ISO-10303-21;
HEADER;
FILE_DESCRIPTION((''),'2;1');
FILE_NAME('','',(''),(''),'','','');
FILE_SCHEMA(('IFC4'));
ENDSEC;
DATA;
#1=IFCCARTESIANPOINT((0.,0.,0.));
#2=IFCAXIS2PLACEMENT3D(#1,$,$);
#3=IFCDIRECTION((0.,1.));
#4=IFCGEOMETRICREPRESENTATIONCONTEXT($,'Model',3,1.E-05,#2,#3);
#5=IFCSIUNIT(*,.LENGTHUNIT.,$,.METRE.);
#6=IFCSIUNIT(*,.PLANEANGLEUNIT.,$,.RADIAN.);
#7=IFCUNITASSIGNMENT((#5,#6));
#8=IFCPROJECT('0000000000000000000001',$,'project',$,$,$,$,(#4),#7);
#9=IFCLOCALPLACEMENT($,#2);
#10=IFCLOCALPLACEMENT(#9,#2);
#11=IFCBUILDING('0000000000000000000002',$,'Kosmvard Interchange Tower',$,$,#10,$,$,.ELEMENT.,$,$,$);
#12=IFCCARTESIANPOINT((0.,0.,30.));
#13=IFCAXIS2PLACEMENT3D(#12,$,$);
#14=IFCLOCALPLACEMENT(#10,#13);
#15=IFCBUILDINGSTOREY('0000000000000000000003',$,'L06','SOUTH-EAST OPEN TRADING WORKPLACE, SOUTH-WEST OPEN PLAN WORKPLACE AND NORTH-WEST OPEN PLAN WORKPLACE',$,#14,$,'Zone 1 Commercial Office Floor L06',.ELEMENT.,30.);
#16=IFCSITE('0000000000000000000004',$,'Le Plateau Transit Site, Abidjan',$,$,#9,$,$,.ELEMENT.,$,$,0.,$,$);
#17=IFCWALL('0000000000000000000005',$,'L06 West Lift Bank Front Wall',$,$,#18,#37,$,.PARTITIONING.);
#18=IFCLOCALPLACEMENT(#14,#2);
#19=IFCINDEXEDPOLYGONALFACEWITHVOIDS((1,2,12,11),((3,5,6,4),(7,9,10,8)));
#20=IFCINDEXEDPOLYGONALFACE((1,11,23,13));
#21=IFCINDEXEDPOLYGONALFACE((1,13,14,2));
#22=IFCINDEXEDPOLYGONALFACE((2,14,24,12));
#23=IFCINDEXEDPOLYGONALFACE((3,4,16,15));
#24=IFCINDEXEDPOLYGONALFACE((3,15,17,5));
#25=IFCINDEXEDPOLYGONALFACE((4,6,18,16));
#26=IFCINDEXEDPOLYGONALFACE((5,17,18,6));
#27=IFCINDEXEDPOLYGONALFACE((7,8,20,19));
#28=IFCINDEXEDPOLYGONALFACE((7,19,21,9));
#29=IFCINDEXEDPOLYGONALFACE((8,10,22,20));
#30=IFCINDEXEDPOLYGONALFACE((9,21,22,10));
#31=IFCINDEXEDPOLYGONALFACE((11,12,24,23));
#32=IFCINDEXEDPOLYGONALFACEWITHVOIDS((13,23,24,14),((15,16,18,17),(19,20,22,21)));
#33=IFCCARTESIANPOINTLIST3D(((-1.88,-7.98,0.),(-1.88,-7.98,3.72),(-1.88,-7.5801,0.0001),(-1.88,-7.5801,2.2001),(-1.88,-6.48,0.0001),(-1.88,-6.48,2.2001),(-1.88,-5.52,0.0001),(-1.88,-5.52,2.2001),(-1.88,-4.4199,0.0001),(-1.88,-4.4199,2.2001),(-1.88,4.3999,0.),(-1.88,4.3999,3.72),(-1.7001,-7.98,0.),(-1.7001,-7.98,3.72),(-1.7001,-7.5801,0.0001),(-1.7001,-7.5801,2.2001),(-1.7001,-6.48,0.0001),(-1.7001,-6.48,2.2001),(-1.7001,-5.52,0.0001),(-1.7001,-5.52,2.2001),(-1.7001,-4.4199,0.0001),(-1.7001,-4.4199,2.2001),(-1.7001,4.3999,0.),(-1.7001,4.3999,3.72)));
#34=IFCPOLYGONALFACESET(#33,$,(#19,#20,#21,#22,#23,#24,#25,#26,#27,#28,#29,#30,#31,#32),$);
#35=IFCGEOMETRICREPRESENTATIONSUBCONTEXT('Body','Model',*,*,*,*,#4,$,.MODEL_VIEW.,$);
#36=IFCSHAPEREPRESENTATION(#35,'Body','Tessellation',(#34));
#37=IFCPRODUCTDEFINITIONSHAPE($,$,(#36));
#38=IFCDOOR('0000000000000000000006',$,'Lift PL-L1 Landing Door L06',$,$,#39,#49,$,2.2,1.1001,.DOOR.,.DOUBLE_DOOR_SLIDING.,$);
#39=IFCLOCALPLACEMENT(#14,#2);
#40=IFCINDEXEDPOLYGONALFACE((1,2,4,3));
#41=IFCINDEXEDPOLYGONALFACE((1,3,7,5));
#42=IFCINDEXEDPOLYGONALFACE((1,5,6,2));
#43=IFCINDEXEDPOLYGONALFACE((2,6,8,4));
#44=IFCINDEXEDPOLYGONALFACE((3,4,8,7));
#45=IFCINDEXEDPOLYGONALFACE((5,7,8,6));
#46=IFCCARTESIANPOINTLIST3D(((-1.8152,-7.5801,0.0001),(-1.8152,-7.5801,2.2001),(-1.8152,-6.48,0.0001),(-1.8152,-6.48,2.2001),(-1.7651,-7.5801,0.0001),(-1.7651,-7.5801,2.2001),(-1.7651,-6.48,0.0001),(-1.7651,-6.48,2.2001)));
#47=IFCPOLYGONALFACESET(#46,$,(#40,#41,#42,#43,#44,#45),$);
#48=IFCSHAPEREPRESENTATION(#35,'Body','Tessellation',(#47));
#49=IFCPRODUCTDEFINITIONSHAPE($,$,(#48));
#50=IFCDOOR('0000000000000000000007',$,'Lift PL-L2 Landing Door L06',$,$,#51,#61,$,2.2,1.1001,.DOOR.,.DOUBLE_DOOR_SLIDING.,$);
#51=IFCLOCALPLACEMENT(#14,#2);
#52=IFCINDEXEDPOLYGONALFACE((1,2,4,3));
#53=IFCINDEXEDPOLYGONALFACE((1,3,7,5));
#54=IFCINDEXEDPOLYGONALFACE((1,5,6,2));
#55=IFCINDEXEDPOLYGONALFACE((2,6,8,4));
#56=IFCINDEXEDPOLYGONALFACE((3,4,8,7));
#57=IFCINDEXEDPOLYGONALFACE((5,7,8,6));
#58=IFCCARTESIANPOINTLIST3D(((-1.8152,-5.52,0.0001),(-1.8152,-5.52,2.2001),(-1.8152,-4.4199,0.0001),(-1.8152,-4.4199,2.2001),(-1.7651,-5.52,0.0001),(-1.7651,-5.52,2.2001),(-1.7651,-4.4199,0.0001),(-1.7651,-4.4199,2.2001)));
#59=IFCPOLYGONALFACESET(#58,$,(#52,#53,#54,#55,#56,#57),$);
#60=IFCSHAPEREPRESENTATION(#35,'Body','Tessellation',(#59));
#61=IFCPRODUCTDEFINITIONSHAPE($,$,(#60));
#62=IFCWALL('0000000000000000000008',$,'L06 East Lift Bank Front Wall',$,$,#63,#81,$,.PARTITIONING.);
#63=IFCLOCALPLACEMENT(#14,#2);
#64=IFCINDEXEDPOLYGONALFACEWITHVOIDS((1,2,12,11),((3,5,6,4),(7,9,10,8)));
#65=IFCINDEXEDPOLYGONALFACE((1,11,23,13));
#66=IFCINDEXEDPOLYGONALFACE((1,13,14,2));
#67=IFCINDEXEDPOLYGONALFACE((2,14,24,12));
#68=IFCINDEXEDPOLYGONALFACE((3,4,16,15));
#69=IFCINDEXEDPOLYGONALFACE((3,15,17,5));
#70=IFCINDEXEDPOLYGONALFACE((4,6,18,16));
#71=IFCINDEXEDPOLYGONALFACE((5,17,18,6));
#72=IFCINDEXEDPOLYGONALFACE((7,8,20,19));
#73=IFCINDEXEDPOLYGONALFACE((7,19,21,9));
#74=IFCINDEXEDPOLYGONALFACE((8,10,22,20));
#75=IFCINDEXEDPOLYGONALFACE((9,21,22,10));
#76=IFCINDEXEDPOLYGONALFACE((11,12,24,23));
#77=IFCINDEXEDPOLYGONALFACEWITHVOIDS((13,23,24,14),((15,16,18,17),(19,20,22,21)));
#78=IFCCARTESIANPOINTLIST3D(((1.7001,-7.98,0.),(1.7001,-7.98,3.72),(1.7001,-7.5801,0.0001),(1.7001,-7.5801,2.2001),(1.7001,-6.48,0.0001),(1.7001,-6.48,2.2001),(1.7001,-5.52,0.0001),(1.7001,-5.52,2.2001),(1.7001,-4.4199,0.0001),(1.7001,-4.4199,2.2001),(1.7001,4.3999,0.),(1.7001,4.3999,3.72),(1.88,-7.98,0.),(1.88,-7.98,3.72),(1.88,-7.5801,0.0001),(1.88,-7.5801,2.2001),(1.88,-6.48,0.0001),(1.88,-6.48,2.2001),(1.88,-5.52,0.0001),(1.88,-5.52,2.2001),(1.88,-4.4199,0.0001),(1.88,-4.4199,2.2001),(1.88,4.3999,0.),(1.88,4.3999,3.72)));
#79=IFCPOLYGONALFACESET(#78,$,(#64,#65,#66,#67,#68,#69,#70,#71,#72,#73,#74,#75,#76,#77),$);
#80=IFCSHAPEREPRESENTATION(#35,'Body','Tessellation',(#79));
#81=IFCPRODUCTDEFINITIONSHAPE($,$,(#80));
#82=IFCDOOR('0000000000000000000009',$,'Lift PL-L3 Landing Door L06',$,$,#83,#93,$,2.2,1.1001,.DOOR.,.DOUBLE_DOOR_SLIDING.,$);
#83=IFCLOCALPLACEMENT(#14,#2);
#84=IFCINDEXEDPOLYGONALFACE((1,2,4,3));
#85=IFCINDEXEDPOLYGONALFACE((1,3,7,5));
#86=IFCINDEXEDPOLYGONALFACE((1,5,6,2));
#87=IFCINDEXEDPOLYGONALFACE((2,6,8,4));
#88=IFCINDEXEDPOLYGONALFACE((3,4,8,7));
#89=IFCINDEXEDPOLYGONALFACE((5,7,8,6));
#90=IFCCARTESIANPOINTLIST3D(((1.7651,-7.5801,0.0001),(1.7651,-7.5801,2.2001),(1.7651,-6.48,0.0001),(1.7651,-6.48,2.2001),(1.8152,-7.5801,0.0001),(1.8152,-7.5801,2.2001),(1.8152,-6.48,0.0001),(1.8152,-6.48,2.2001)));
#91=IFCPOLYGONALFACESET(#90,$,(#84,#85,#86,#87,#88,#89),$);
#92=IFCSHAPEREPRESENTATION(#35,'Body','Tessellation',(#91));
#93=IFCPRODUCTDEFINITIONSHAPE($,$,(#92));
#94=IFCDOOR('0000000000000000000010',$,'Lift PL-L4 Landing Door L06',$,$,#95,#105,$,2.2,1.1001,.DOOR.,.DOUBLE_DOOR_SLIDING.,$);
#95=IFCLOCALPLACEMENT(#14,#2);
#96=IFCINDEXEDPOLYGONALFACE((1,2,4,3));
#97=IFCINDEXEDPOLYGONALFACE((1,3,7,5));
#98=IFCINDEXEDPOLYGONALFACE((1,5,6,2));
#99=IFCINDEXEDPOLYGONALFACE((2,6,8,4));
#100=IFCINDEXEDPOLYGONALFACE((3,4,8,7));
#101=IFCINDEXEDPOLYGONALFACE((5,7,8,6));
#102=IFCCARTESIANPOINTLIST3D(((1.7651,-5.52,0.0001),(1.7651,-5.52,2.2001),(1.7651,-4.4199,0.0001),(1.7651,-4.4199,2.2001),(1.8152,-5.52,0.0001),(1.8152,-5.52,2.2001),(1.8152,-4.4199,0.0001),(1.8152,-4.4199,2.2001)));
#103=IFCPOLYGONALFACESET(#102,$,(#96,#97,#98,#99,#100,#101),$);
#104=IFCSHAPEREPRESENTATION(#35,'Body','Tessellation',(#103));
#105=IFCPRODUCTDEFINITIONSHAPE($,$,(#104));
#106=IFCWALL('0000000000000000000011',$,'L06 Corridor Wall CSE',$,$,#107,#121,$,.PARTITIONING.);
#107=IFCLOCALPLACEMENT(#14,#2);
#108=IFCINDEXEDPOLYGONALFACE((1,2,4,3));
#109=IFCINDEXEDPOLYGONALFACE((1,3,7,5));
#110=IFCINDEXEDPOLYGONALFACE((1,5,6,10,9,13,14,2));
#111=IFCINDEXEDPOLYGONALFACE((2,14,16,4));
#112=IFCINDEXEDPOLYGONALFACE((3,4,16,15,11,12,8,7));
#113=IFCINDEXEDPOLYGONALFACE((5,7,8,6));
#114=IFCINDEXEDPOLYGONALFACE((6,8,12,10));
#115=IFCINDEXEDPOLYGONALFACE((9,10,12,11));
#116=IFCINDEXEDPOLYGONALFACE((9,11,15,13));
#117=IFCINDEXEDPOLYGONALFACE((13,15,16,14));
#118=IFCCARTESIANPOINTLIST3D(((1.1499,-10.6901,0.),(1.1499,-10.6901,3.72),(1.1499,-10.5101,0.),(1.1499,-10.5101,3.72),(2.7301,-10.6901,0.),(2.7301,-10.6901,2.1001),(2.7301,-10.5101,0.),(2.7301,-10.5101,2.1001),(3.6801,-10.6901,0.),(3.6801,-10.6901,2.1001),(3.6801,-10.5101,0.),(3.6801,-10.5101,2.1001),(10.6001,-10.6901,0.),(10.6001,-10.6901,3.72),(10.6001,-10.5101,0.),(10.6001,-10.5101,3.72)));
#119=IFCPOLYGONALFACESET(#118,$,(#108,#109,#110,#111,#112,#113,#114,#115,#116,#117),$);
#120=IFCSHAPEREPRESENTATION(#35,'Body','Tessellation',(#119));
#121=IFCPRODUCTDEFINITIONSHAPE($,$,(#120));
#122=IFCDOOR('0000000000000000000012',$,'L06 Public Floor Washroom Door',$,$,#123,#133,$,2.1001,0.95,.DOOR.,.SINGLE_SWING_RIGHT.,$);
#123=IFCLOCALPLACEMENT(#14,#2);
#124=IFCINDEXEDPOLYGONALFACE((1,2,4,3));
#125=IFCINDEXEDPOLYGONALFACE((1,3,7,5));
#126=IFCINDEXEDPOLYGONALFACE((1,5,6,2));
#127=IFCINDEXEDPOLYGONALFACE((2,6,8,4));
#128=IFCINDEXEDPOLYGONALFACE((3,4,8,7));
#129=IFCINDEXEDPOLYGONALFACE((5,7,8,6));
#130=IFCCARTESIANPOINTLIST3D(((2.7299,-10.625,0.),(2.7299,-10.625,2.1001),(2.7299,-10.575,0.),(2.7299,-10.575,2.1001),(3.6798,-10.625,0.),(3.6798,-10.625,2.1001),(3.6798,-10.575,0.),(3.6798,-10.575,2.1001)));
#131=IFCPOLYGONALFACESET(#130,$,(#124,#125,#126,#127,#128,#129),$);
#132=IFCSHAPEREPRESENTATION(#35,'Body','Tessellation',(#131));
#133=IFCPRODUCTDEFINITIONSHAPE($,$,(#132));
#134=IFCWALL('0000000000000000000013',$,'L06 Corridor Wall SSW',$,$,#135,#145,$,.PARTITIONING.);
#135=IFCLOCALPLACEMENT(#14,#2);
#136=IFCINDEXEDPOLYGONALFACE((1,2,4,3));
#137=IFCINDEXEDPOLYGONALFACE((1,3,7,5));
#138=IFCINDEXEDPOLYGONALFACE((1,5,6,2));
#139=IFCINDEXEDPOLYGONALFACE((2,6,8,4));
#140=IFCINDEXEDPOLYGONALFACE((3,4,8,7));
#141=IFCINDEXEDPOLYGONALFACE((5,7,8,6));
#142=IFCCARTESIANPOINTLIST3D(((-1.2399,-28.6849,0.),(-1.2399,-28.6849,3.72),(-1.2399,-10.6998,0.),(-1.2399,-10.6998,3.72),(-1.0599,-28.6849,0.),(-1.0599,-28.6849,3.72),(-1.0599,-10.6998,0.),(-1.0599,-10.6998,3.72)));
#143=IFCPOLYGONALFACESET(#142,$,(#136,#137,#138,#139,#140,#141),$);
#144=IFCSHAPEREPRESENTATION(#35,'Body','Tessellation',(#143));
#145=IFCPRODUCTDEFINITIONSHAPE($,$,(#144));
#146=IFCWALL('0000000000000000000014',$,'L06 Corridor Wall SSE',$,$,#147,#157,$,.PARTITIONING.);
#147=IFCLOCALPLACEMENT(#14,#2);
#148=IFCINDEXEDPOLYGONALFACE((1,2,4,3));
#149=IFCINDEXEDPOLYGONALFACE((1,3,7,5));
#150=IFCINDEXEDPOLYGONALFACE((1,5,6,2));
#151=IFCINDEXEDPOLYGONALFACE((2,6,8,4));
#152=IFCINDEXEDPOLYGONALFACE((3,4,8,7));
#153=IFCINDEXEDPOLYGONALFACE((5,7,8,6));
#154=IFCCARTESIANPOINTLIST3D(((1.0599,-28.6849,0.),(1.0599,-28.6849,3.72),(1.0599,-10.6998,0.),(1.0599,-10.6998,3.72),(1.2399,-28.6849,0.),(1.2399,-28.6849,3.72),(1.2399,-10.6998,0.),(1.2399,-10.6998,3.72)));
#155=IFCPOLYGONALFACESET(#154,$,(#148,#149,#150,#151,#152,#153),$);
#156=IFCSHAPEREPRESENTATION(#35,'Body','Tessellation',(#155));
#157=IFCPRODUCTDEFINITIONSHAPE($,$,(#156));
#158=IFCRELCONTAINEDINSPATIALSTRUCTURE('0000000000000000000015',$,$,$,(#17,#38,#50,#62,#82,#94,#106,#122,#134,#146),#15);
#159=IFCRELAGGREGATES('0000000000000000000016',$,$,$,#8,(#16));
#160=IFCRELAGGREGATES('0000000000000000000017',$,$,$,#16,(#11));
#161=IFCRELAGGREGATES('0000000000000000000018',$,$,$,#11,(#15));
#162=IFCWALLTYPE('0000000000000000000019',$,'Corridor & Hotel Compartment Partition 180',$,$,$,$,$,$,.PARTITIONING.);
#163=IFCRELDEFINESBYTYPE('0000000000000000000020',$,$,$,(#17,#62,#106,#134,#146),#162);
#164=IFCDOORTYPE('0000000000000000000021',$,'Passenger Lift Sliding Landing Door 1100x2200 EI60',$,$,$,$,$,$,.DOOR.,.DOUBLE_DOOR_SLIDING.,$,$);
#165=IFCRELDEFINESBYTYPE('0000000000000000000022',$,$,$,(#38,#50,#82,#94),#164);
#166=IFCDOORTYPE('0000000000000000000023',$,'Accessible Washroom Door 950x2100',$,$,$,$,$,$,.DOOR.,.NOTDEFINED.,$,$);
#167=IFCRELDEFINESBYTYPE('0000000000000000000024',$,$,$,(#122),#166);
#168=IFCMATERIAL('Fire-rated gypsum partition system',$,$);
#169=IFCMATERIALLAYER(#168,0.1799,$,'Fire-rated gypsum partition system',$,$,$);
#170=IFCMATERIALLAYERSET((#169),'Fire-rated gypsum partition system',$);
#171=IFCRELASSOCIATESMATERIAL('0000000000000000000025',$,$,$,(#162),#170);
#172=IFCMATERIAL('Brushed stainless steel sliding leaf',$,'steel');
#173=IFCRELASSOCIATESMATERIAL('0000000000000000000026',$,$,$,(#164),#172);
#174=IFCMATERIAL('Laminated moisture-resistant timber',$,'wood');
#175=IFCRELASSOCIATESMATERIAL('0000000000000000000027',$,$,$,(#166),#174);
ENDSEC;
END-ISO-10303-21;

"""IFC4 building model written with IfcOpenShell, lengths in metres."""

from ifc_helpers import new_model, si_unit, direction, frame, frame_2d, origin, place, context, subcontext, project, spatial, rectangle, extrude, source, transform, mapped, material, layer, layer_set, type_object, element, fill, save


model = new_model("IFC4")

# Units and contexts
model_context = context("Model", 3, precision=1e-05, world=origin(), true_north=direction((0.0, 1.0)))
body_context = subcontext(model_context, "Body", "Model", "MODEL_VIEW")
ifc_project = project(units=[si_unit("LENGTHUNIT", "METRE"), si_unit("PLANEANGLEUNIT", "RADIAN")], contexts=[model_context])

# Site, building, storey
site_placement = place(None, origin())
site = spatial("IfcSite", under=ifc_project, at=site_placement, Name="Le Plateau Transit Site, Abidjan", CompositionType="ELEMENT", RefElevation=0.0)
building_placement = place(site_placement, origin())
building = spatial("IfcBuilding", under=site, at=building_placement, Name="Kosmvard Interchange Tower", CompositionType="ELEMENT")
storey_placement = place(building_placement, frame((0.0, 0.0, 30.0)))
storey = spatial("IfcBuildingStorey", under=building, at=storey_placement, Name="L06", Description="SOUTH-EAST OPEN TRADING WORKPLACE, SOUTH-WEST OPEN PLAN WORKPLACE AND NORTH-WEST OPEN PLAN WORKPLACE", LongName="Zone 1 Commercial Office Floor L06", CompositionType="ELEMENT", Elevation=30.0)

# Walls, openings, doors
ifc_material_1 = material(Name="Fire-rated gypsum partition system")
ifc_layer_1 = layer(ifc_material_1, 0.1799, Name="Fire-rated gypsum partition system")
ifc_layer_set_1 = layer_set([ifc_layer_1], Name="Fire-rated gypsum partition system")
wall_type_1 = type_object("IfcWallType", Name="Corridor & Hotel Compartment Partition 180", PredefinedType="PARTITIONING", material=ifc_layer_set_1)
wall_1_placement = place(storey_placement, frame((-1.79, -7.98, 0.0), z_axis=(0.0, 0.0, 1.0), x_axis=(0.0, 1.0, 0.0)))
wall_1 = element("IfcWall", 1, at=wall_1_placement, inside=storey, type_object=wall_type_1, Name="L06 West Lift Bank Front Wall", PredefinedType="PARTITIONING", context=body_context, shape_type="SweptSolid", body=[
    extrude(rectangle(XDim=12.3799, YDim=0.1799, at=frame_2d((6.1899, 0.0))), origin(), (0.0, 0.0, 1.0), 3.72),
])
opening_1_placement = place(wall_1_placement, frame((0.3999, 0.0, 0.0)))
opening_1 = element("IfcOpeningElement", 2, at=opening_1_placement, cuts=wall_1, PredefinedType="OPENING", context=body_context, shape_type="SweptSolid", body=[
    extrude(rectangle(XDim=1.1001, YDim=2.2, at=frame_2d((0.55, 1.1001))), frame((0.0, 0.1001, 0.0), z_axis=(0.0, -1.0, 0.0), x_axis=(1.0, 0.0, 0.0)), (0.0, 0.0, 1.0), 0.2),
])
opening_2_placement = place(wall_1_placement, frame((2.46, 0.0, 0.0)))
opening_2 = element("IfcOpeningElement", 3, at=opening_2_placement, cuts=wall_1, PredefinedType="OPENING", context=body_context, shape_type="SweptSolid", body=[
    extrude(rectangle(XDim=1.1001, YDim=2.2, at=frame_2d((0.55, 1.1001))), frame((0.0, 0.1001, 0.0), z_axis=(0.0, -1.0, 0.0), x_axis=(1.0, 0.0, 0.0)), (0.0, 0.0, 1.0), 0.2),
])
ifc_material_2 = material(Name="Brushed stainless steel sliding leaf", Category="steel")
door_type_1 = type_object("IfcDoorType", Name="Passenger Lift Sliding Landing Door 1100x2200 EI60", OperationType="DOUBLE_DOOR_SLIDING", PredefinedType="DOOR", material=ifc_material_2)
shared_shape_1 = source(origin(), body_context, "Body", "SweptSolid", [
    extrude(rectangle(XDim=1.1001, YDim=2.2, at=frame_2d((0.55, 1.1001))), frame((0.0, 0.0249, 0.0), z_axis=(0.0, -1.0, 0.0), x_axis=(1.0, 0.0, 0.0)), (0.0, 0.0, 1.0), 0.05),
])
door_1_placement = place(opening_1_placement, frame((1.1001, 0.0, 0.0), z_axis=(0.0, 0.0, 1.0), x_axis=(-1.0, 0.0, 0.0)))
door_1 = element("IfcDoor", 4, at=door_1_placement, inside=storey, type_object=door_type_1, Name="Lift PL-L1 Landing Door L06", OperationType="DOUBLE_DOOR_SLIDING", OverallHeight=2.2, OverallWidth=1.1001, PredefinedType="DOOR", context=body_context, shape_type="MappedRepresentation", body=[
    mapped(shared_shape_1, transform((0.0, 0.0, 0.0), scale=1.0)),
])
fill(opening_1, door_1)
door_2_placement = place(opening_2_placement, frame((1.1001, 0.0, 0.0), z_axis=(0.0, 0.0, 1.0), x_axis=(-1.0, 0.0, 0.0)))
door_2 = element("IfcDoor", 5, at=door_2_placement, inside=storey, type_object=door_type_1, Name="Lift PL-L2 Landing Door L06", OperationType="DOUBLE_DOOR_SLIDING", OverallHeight=2.2, OverallWidth=1.1001, PredefinedType="DOOR", context=body_context, shape_type="MappedRepresentation", body=[
    mapped(shared_shape_1, transform((0.0, 0.0, 0.0), scale=1.0)),
])
fill(opening_2, door_2)
wall_2_placement = place(storey_placement, frame((1.79, -7.98, 0.0), z_axis=(0.0, 0.0, 1.0), x_axis=(0.0, 1.0, 0.0)))
wall_2 = element("IfcWall", 6, at=wall_2_placement, inside=storey, type_object=wall_type_1, Name="L06 East Lift Bank Front Wall", PredefinedType="PARTITIONING", context=body_context, shape_type="SweptSolid", body=[
    extrude(rectangle(XDim=12.3799, YDim=0.1799, at=frame_2d((6.1899, 0.0))), origin(), (0.0, 0.0, 1.0), 3.72),
])
opening_3_placement = place(wall_2_placement, frame((0.3999, 0.0, 0.0)))
opening_3 = element("IfcOpeningElement", 7, at=opening_3_placement, cuts=wall_2, PredefinedType="OPENING", context=body_context, shape_type="SweptSolid", body=[
    extrude(rectangle(XDim=1.1001, YDim=2.2, at=frame_2d((0.55, 1.1001))), frame((0.0, 0.1001, 0.0), z_axis=(0.0, -1.0, 0.0), x_axis=(1.0, 0.0, 0.0)), (0.0, 0.0, 1.0), 0.2),
])
opening_4_placement = place(wall_2_placement, frame((2.46, 0.0, 0.0)))
opening_4 = element("IfcOpeningElement", 8, at=opening_4_placement, cuts=wall_2, PredefinedType="OPENING", context=body_context, shape_type="SweptSolid", body=[
    extrude(rectangle(XDim=1.1001, YDim=2.2, at=frame_2d((0.55, 1.1001))), frame((0.0, 0.1001, 0.0), z_axis=(0.0, -1.0, 0.0), x_axis=(1.0, 0.0, 0.0)), (0.0, 0.0, 1.0), 0.2),
])
door_3_placement = place(opening_3_placement, origin())
door_3 = element("IfcDoor", 9, at=door_3_placement, inside=storey, type_object=door_type_1, Name="Lift PL-L3 Landing Door L06", OperationType="DOUBLE_DOOR_SLIDING", OverallHeight=2.2, OverallWidth=1.1001, PredefinedType="DOOR", context=body_context, shape_type="MappedRepresentation", body=[
    mapped(shared_shape_1, transform((0.0, 0.0, 0.0), scale=1.0)),
])
fill(opening_3, door_3)
door_4_placement = place(opening_4_placement, origin())
door_4 = element("IfcDoor", 10, at=door_4_placement, inside=storey, type_object=door_type_1, Name="Lift PL-L4 Landing Door L06", OperationType="DOUBLE_DOOR_SLIDING", OverallHeight=2.2, OverallWidth=1.1001, PredefinedType="DOOR", context=body_context, shape_type="MappedRepresentation", body=[
    mapped(shared_shape_1, transform((0.0, 0.0, 0.0), scale=1.0)),
])
fill(opening_4, door_4)

# Wall, opening, door
wall_3_placement = place(storey_placement, frame((1.1499, -10.6001, 0.0), z_axis=(0.0, 0.0, 1.0), x_axis=(1.0, 0.0, 0.0)))
wall_3 = element("IfcWall", 11, at=wall_3_placement, inside=storey, type_object=wall_type_1, Name="L06 Corridor Wall CSE", PredefinedType="PARTITIONING", context=body_context, shape_type="SweptSolid", body=[
    extrude(rectangle(XDim=9.4502, YDim=0.1799, at=frame_2d((4.7251, 0.0))), origin(), (0.0, 0.0, 1.0), 3.72),
])
opening_5_placement = place(wall_3_placement, frame((1.5801, 0.0, 0.0)))
opening_5 = element("IfcOpeningElement", 12, at=opening_5_placement, cuts=wall_3, PredefinedType="OPENING", context=body_context, shape_type="SweptSolid", body=[
    extrude(rectangle(XDim=0.95, YDim=2.1001, at=frame_2d((0.4751, 1.05))), frame((0.0, 0.1001, 0.0), z_axis=(0.0, -1.0, 0.0), x_axis=(1.0, 0.0, 0.0)), (0.0, 0.0, 1.0), 0.2),
])
ifc_material_3 = material(Name="Laminated moisture-resistant timber", Category="wood")
door_type_2 = type_object("IfcDoorType", Name="Accessible Washroom Door 950x2100", OperationType="NOTDEFINED", PredefinedType="DOOR", material=ifc_material_3)
shared_shape_2 = source(origin(), body_context, "Body", "SweptSolid", [
    extrude(rectangle(XDim=0.95, YDim=2.1001, at=frame_2d((0.4751, 1.05))), frame((0.0, 0.0249, 0.0), z_axis=(0.0, -1.0, 0.0), x_axis=(1.0, 0.0, 0.0)), (0.0, 0.0, 1.0), 0.05),
])
door_5_placement = place(opening_5_placement, frame((0.95, 0.0, 0.0), z_axis=(0.0, 0.0, 1.0), x_axis=(-1.0, 0.0, 0.0)))
door_5 = element("IfcDoor", 13, at=door_5_placement, inside=storey, type_object=door_type_2, Name="L06 Public Floor Washroom Door", OperationType="SINGLE_SWING_RIGHT", OverallHeight=2.1001, OverallWidth=0.95, PredefinedType="DOOR", context=body_context, shape_type="MappedRepresentation", body=[
    mapped(shared_shape_2, transform((0.0, 0.0, 0.0), scale=1.0)),
])
fill(opening_5, door_5)

# Walls
for number, where, z_axis, x_axis, name in (
    (14, (-1.1499, -28.6851, 0.0), (0.0, 0.0, 1.0), (0.0, 1.0, 0.0), "L06 Corridor Wall SSW"),
    (15, (1.1499, -28.6851, 0.0), (0.0, 0.0, 1.0), (0.0, 1.0, 0.0), "L06 Corridor Wall SSE"),
):
    element("IfcWall", number, at=place(storey_placement, frame(where, z_axis=z_axis, x_axis=x_axis)), inside=storey, type_object=wall_type_1, Name=name, PredefinedType="PARTITIONING", context=body_context, shape_type="SweptSolid", body=[
        extrude(rectangle(XDim=17.9851, YDim=0.1799, at=frame_2d((8.9927, 0.0))), origin(), (0.0, 0.0, 1.0), 3.72),
    ])

save(model, "model.ifc")
